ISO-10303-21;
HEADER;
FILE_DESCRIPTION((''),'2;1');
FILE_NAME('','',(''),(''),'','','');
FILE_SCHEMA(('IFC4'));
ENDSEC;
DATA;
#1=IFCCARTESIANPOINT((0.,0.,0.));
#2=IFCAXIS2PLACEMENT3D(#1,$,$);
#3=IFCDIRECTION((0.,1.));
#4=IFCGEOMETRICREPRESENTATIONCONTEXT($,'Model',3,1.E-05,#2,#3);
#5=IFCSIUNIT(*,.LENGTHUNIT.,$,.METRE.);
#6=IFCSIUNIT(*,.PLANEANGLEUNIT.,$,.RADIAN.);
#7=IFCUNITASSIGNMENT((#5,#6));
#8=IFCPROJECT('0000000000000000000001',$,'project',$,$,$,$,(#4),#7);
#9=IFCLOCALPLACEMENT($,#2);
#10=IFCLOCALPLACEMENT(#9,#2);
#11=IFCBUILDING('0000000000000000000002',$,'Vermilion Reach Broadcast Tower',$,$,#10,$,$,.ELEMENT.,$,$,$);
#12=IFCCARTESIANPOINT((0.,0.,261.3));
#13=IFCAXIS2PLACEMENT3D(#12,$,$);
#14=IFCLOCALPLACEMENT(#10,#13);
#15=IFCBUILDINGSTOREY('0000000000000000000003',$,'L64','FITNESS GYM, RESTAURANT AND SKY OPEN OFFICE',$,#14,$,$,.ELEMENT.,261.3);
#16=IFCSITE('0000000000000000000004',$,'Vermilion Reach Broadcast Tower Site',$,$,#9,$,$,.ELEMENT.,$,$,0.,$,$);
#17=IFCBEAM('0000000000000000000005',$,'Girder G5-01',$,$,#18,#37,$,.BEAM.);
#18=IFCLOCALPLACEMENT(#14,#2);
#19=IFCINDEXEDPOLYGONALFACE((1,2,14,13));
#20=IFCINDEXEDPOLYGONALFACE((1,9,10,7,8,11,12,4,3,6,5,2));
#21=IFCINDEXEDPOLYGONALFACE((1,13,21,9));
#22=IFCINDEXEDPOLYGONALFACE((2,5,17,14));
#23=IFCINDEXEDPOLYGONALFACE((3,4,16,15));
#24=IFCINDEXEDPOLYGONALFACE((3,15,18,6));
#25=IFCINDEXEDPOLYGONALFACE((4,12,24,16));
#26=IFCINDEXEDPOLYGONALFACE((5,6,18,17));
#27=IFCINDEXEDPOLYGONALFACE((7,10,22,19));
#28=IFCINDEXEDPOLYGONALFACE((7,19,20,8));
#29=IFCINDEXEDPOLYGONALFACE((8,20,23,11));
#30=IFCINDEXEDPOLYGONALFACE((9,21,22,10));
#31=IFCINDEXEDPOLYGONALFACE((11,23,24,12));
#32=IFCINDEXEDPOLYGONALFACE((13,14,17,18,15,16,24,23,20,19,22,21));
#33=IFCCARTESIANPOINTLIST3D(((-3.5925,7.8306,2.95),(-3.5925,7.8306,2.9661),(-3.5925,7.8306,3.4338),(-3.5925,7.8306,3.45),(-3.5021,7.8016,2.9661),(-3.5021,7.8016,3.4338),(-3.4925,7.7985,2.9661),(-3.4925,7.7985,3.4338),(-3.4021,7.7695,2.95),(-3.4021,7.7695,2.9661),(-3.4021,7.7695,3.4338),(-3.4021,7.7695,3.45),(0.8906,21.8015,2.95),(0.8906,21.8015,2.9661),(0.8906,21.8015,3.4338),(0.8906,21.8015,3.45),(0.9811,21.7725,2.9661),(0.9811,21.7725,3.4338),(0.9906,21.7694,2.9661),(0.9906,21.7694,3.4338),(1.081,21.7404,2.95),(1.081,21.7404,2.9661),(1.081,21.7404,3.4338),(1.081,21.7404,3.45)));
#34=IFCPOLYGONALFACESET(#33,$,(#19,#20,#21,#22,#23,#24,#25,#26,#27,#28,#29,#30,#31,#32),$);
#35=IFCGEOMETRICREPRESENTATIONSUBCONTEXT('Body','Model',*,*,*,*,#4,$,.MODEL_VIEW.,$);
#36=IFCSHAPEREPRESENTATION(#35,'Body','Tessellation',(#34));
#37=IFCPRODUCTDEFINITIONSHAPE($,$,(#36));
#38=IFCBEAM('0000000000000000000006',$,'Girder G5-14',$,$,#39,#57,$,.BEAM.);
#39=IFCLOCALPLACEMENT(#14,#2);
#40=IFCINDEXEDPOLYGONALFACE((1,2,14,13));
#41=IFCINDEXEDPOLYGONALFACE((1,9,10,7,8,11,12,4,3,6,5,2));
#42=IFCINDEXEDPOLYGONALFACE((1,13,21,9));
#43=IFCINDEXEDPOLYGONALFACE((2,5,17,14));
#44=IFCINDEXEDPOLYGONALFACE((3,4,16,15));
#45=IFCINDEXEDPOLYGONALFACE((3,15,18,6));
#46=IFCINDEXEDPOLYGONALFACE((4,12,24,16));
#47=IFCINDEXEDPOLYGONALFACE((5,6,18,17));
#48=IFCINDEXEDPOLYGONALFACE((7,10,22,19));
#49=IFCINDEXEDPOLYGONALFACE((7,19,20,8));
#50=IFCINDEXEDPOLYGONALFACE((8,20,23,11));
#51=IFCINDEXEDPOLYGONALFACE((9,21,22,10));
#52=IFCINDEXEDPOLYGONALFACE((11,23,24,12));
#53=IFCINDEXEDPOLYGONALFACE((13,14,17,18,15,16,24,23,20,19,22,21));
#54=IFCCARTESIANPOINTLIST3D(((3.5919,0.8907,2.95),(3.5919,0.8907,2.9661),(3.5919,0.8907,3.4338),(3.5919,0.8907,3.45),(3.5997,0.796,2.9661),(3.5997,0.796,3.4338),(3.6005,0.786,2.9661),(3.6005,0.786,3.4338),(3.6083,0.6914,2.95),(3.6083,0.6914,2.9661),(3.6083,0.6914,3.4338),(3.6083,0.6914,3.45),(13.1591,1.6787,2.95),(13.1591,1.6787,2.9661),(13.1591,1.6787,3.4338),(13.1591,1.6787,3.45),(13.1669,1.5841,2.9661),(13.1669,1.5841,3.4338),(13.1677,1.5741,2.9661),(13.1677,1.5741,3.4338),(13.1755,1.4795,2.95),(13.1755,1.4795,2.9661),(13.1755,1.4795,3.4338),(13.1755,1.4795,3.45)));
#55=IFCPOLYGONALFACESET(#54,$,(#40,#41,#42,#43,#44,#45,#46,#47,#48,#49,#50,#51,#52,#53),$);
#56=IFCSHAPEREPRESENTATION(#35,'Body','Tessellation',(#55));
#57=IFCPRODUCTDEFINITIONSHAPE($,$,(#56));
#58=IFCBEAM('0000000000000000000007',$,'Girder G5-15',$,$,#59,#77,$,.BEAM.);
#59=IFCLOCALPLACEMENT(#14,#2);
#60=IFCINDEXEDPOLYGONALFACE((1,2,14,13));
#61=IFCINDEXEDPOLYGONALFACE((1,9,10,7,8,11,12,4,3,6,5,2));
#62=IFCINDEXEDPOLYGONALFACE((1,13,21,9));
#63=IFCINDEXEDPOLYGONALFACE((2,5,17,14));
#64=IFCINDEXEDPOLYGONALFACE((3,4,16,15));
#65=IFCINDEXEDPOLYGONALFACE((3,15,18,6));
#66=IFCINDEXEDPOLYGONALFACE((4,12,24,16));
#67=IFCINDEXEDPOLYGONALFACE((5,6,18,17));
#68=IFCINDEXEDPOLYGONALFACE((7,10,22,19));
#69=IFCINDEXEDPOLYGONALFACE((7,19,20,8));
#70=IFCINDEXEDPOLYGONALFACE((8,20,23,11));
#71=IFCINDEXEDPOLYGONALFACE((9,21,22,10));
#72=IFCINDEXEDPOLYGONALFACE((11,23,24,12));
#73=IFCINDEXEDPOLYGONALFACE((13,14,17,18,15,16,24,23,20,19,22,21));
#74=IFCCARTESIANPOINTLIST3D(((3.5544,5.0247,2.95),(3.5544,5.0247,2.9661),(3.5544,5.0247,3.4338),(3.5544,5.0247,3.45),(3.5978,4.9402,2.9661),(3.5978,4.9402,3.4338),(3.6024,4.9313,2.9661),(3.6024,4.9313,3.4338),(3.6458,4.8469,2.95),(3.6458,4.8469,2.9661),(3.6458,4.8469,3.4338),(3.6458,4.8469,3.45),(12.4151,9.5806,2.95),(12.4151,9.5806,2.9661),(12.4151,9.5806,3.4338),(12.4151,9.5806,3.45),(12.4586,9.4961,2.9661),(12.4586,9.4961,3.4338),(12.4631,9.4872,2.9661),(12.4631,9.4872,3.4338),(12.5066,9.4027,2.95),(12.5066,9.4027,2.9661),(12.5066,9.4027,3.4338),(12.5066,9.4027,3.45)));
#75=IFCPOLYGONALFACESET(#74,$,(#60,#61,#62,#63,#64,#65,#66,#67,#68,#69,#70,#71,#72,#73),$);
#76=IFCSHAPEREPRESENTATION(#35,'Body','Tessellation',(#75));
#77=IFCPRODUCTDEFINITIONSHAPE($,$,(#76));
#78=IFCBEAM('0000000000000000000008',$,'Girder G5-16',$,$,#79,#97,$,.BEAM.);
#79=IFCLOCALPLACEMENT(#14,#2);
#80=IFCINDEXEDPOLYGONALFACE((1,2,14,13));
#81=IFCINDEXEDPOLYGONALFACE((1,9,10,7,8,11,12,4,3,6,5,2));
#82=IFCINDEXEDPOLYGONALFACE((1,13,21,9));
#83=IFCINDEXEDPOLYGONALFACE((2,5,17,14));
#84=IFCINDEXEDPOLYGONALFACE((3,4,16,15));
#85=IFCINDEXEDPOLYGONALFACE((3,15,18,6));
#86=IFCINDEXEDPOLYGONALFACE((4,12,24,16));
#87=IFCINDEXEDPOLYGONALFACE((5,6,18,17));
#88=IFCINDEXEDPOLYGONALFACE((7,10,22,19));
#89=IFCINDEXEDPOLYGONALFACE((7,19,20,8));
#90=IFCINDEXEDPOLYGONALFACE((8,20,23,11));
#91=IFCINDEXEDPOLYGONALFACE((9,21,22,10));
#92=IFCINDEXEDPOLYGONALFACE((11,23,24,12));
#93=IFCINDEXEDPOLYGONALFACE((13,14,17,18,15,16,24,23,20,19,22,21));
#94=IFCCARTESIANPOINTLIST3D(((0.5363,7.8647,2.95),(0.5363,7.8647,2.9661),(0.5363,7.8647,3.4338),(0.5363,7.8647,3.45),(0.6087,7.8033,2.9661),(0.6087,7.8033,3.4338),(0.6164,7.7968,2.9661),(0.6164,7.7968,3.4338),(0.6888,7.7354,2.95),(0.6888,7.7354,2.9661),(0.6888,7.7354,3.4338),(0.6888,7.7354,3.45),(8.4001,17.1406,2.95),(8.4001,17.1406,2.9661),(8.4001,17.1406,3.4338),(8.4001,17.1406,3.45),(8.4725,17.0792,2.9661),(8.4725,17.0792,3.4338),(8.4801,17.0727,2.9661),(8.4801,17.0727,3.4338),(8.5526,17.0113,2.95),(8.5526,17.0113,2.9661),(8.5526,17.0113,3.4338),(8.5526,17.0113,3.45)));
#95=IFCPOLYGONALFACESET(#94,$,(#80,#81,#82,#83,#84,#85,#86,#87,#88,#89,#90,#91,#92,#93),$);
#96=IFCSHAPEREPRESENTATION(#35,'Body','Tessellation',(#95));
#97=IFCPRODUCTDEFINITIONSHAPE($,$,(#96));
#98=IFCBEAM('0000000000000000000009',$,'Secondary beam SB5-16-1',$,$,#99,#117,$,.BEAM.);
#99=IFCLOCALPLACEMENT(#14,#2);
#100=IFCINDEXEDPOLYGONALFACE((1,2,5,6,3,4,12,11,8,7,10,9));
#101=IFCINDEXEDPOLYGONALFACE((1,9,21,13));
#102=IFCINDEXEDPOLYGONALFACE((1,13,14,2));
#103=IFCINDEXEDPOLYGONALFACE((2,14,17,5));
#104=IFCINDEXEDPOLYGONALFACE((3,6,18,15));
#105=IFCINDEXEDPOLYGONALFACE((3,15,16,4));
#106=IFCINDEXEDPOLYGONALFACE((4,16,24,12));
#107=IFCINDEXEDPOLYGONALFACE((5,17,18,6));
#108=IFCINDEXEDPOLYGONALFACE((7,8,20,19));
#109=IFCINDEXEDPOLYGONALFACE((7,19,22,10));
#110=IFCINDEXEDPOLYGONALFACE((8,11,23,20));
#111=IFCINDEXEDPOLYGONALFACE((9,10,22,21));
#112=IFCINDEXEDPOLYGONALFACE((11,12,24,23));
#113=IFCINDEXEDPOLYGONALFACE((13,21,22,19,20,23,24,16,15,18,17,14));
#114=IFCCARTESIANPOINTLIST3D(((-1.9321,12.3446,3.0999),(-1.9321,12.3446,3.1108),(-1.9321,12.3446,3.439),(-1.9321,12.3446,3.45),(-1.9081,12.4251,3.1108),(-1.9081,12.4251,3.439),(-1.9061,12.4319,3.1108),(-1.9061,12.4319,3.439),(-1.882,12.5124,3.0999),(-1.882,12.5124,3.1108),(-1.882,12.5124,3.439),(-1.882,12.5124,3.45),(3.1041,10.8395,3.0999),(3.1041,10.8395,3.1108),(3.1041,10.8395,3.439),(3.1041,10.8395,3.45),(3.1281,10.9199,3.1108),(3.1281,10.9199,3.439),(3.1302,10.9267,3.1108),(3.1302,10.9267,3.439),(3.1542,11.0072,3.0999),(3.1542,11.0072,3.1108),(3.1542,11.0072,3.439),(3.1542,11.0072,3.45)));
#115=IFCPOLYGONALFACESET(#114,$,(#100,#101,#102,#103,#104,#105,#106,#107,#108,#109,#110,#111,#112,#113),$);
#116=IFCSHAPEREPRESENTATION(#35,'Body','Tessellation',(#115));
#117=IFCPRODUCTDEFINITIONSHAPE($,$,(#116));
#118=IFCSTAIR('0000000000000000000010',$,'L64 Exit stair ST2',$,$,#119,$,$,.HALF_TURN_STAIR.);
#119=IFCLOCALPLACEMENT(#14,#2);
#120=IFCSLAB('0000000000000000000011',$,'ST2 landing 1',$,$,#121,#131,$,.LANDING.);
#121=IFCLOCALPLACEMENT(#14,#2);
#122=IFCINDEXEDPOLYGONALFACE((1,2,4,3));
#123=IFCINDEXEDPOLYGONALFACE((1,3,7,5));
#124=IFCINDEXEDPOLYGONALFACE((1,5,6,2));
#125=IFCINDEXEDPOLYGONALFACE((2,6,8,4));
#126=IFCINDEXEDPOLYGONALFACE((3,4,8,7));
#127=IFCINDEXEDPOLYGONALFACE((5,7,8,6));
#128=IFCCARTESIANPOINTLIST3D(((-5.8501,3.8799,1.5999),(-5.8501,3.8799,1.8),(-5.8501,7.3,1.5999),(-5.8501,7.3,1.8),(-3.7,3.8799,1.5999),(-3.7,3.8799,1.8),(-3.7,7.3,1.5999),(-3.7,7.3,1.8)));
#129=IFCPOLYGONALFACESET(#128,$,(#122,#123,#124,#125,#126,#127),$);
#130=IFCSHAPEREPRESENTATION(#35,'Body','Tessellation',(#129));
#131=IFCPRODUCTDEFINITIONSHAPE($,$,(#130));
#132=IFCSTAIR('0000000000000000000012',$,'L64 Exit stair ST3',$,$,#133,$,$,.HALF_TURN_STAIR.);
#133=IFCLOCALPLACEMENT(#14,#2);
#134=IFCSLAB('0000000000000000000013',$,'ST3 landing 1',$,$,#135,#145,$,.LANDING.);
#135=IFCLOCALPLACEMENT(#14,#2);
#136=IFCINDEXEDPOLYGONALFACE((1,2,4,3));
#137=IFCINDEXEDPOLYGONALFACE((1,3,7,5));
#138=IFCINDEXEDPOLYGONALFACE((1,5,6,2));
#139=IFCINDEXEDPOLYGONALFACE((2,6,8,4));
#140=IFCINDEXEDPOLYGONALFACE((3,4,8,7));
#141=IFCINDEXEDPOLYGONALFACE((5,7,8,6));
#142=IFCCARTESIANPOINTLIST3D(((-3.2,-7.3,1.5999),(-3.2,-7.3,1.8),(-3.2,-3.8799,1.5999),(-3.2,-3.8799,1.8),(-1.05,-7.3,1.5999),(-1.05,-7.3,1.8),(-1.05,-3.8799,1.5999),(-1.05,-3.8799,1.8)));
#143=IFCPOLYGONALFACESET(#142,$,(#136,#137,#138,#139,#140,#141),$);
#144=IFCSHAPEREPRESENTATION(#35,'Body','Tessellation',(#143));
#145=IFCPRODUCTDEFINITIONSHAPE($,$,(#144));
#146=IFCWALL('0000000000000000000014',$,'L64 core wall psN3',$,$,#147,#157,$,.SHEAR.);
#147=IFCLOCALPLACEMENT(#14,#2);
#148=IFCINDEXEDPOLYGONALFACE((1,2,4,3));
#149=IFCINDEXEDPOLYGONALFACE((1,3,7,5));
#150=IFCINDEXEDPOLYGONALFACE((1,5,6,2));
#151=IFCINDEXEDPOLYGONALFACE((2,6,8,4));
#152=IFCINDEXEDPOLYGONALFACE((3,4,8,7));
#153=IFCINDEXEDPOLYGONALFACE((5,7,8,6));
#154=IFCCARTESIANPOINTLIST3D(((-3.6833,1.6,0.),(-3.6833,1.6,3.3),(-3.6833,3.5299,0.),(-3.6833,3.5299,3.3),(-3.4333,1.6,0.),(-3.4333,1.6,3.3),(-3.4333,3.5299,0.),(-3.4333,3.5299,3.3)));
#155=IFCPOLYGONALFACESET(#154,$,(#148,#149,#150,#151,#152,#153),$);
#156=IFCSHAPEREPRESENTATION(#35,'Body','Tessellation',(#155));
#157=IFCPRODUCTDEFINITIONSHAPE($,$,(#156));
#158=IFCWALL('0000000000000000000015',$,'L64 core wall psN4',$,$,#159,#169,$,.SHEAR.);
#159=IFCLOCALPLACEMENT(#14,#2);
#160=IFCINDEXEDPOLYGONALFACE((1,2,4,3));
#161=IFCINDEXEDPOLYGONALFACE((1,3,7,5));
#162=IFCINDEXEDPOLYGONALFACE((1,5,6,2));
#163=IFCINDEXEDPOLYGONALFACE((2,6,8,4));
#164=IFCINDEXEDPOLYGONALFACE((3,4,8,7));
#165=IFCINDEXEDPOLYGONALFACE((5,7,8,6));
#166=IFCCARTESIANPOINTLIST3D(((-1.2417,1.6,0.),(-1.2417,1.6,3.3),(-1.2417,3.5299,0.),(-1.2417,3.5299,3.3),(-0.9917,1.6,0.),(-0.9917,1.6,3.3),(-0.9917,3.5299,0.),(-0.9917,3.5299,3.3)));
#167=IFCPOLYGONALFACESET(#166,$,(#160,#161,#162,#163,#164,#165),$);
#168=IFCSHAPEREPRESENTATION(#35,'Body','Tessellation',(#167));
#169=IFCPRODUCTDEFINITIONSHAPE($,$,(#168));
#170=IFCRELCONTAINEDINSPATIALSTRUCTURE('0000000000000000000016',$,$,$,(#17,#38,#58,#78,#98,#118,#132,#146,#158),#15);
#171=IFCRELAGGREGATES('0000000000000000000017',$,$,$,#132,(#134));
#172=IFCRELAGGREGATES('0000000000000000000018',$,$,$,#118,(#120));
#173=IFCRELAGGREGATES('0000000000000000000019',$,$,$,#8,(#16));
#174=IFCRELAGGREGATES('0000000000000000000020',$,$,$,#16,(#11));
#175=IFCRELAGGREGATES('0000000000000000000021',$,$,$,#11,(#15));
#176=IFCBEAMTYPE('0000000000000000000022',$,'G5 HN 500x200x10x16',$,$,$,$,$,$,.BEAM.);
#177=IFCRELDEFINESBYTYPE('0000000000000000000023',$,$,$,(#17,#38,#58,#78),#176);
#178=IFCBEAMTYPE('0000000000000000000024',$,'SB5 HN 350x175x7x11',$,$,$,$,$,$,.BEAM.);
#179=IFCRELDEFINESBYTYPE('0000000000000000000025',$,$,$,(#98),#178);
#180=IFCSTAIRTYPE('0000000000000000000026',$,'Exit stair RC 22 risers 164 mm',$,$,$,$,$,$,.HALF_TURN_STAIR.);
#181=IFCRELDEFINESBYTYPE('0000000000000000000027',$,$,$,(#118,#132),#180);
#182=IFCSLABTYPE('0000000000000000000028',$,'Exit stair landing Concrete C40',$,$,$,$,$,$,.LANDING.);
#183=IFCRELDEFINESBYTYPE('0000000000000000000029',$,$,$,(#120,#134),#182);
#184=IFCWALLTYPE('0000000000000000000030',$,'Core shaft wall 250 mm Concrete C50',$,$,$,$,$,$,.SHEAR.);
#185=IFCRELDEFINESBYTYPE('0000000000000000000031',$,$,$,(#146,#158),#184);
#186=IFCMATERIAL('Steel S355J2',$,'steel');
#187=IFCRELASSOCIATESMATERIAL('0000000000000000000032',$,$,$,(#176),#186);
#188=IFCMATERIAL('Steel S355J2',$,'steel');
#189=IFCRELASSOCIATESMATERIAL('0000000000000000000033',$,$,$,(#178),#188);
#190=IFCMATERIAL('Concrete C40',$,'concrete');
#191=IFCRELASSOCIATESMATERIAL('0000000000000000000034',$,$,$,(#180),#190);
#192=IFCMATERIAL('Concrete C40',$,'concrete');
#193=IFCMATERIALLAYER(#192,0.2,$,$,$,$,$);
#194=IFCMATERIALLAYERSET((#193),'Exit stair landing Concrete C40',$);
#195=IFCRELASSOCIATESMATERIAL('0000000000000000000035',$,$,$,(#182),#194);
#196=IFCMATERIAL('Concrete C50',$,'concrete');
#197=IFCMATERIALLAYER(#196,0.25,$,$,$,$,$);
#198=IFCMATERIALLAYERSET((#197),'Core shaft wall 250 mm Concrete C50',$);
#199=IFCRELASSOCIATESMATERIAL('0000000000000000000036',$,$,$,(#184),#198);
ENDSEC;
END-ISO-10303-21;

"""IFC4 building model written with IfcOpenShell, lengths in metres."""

from ifc_helpers import new_model, si_unit, direction, frame, frame_2d, origin, origin_2d, place, context, subcontext, project, spatial, polyline, rectangle, i_section, outline, extrude, material, layer, layer_set, material_profile, profile_set, type_object, element, aggregate, save


model = new_model("IFC4")

# Units and contexts
model_context = context("Model", 3, precision=1e-05, world=origin(), true_north=direction((0.0, 1.0)))
body_context = subcontext(model_context, "Body", "Model", "MODEL_VIEW")
ifc_project = project(units=[si_unit("LENGTHUNIT", "METRE"), si_unit("PLANEANGLEUNIT", "RADIAN")], contexts=[model_context])

# Site, building, storey
site_placement = place(None, origin())
site = spatial("IfcSite", under=ifc_project, at=site_placement, Name="Vermilion Reach Broadcast Tower Site", CompositionType="ELEMENT", RefElevation=0.0)
building_placement = place(site_placement, origin())
building = spatial("IfcBuilding", under=site, at=building_placement, Name="Vermilion Reach Broadcast Tower", CompositionType="ELEMENT")
storey_placement = place(building_placement, frame((0.0, 0.0, 261.3)))
storey = spatial("IfcBuildingStorey", under=building, at=storey_placement, Name="L64", Description="FITNESS GYM, RESTAURANT AND SKY OPEN OFFICE", CompositionType="ELEMENT", Elevation=261.3)

# Beams
ifc_material_1 = material(Name="Steel S355J2", Category="steel")
ifc_material_profile_1 = material_profile(ifc_material_1, i_section(OverallWidth=0.2, OverallDepth=0.5, WebThickness=0.01, FlangeThickness=0.0161, at=origin_2d()), Name="S355J2 HN 500x200x10x16")
ifc_profile_set_1 = profile_set([ifc_material_profile_1], Name="Steel S355J2")
beam_type_1 = type_object("IfcBeamType", Name="G5 HN 500x200x10x16", PredefinedType="BEAM", material=ifc_profile_set_1)
beam_1_placement = place(storey_placement, frame((-3.4973, 7.8, 3.2), z_axis=(0.305545, 0.952178, 0.0), x_axis=(-0.952178, 0.305545, 0.0)))
element("IfcBeam", 1, at=beam_1_placement, inside=storey, type_object=beam_type_1, Name="Girder G5-01", PredefinedType="BEAM", context=body_context, shape_type="SweptSolid", body=[
    extrude(i_section(OverallWidth=0.2, OverallDepth=0.5, WebThickness=0.01, FlangeThickness=0.0161, at=origin_2d()), origin(), (0.0, 0.0, 1.0), 14.6726),
])
beam_2_placement = place(storey_placement, frame((3.6001, 0.791, 3.2), z_axis=(0.996624, 0.082096, 0.0), x_axis=(-0.082096, 0.996624, 0.0)))
element("IfcBeam", 2, at=beam_2_placement, inside=storey, type_object=beam_type_1, Name="Girder G5-14", PredefinedType="BEAM", context=body_context, shape_type="SweptSolid", body=[
    extrude(i_section(OverallWidth=0.2, OverallDepth=0.5, WebThickness=0.01, FlangeThickness=0.0161, at=origin_2d()), origin(), (0.0, 0.0, 1.0), 9.5996),
])
beam_3_placement = place(storey_placement, frame((3.6001, 4.9358, 3.2), z_axis=(0.889333, 0.457261, 0.0), x_axis=(-0.457261, 0.889333, 0.0)))
element("IfcBeam", 3, at=beam_3_placement, inside=storey, type_object=beam_type_1, Name="Girder G5-15", PredefinedType="BEAM", context=body_context, shape_type="SweptSolid", body=[
    extrude(i_section(OverallWidth=0.2, OverallDepth=0.5, WebThickness=0.01, FlangeThickness=0.0161, at=origin_2d()), origin(), (0.0, 0.0, 1.0), 9.9634),
])
beam_4_placement = place(storey_placement, frame((0.6125, 7.8, 3.2), z_axis=(0.646658, 0.76278, 0.0), x_axis=(-0.76278, 0.646658, 0.0)))
element("IfcBeam", 4, at=beam_4_placement, inside=storey, type_object=beam_type_1, Name="Girder G5-16", PredefinedType="BEAM", context=body_context, shape_type="SweptSolid", body=[
    extrude(i_section(OverallWidth=0.2, OverallDepth=0.5, WebThickness=0.01, FlangeThickness=0.0161, at=origin_2d()), origin(), (0.0, 0.0, 1.0), 12.1606),
])
ifc_material_2 = material(Name="Steel S355J2", Category="steel")
ifc_material_profile_2 = material_profile(ifc_material_2, i_section(OverallWidth=0.175, OverallDepth=0.3501, WebThickness=0.0071, FlangeThickness=0.011, at=origin_2d()), Name="S355J2 HN 350x175x7x11")
ifc_profile_set_2 = profile_set([ifc_material_profile_2], Name="Steel S355J2")
beam_type_2 = type_object("IfcBeamType", Name="SB5 HN 350x175x7x11", PredefinedType="BEAM", material=ifc_profile_set_2)
beam_5_placement = place(storey_placement, frame((3.1292, 10.9233, 3.2749), z_axis=(-0.958125, 0.286351, 0.0), x_axis=(-0.286351, -0.958125, 0.0)))
element("IfcBeam", 5, at=beam_5_placement, inside=storey, type_object=beam_type_2, Name="Secondary beam SB5-16-1", PredefinedType="BEAM", context=body_context, shape_type="SweptSolid", body=[
    extrude(i_section(OverallWidth=0.175, OverallDepth=0.3501, WebThickness=0.0071, FlangeThickness=0.011, at=origin_2d()), origin(), (0.0, 0.0, 1.0), 5.2563),
])

# Stairs, slabs
ifc_material_3 = material(Name="Concrete C40", Category="concrete")
stair_type = type_object("IfcStairType", Name="Exit stair RC 22 risers 164 mm", PredefinedType="HALF_TURN_STAIR", material=ifc_material_3)
placement_1 = place(storey_placement, origin())
stair_1 = element("IfcStair", 6, at=placement_1, inside=storey, type_object=stair_type, Name="L64 Exit stair ST2", PredefinedType="HALF_TURN_STAIR")
ifc_material_4 = material(Name="Concrete C40", Category="concrete")
ifc_layer_1 = layer(ifc_material_4, 0.2)
ifc_layer_set_1 = layer_set([ifc_layer_1], Name="Exit stair landing Concrete C40")
slab_type = type_object("IfcSlabType", Name="Exit stair landing Concrete C40", PredefinedType="LANDING", material=ifc_layer_set_1)
placement_2 = place(storey_placement, frame((0.0, 0.0, 1.5999)))
slab_1 = element("IfcSlab", 7, at=placement_2, type_object=slab_type, Name="ST2 landing 1", PredefinedType="LANDING", context=body_context, shape_type="SweptSolid", body=[
    extrude(outline(polyline([(-3.7, 7.3), (-5.8501, 7.3), (-5.8501, 3.8799), (-3.7, 3.8799), (-3.7, 7.3)])), origin(), (0.0, 0.0, 1.0), 0.2002),
])
stair_2 = element("IfcStair", 8, at=placement_1, inside=storey, type_object=stair_type, Name="L64 Exit stair ST3", PredefinedType="HALF_TURN_STAIR")
slab_2 = element("IfcSlab", 9, at=placement_2, type_object=slab_type, Name="ST3 landing 1", PredefinedType="LANDING", context=body_context, shape_type="SweptSolid", body=[
    extrude(outline(polyline([(-3.2, -7.3), (-1.05, -7.3), (-1.05, -3.8799), (-3.2, -3.8799), (-3.2, -7.3)])), origin(), (0.0, 0.0, 1.0), 0.2002),
])
aggregate(stair_2, [slab_2])

# Walls
ifc_material_5 = material(Name="Concrete C50", Category="concrete")
ifc_layer_2 = layer(ifc_material_5, 0.25)
ifc_layer_set_2 = layer_set([ifc_layer_2], Name="Core shaft wall 250 mm Concrete C50")
wall_type = type_object("IfcWallType", Name="Core shaft wall 250 mm Concrete C50", PredefinedType="SHEAR", material=ifc_layer_set_2)
for number, where, z_axis, x_axis, name in (
    (10, (-3.5583, 1.6001, 0.0), (0.0, 0.0, 1.0), (0.0, 1.0, 0.0), "L64 core wall psN3"),
    (11, (-1.1167, 1.6001, 0.0), (0.0, 0.0, 1.0), (0.0, 1.0, 0.0), "L64 core wall psN4"),
):
    element("IfcWall", number, at=place(storey_placement, frame(where, z_axis=z_axis, x_axis=x_axis)), inside=storey, type_object=wall_type, Name=name, PredefinedType="SHEAR", context=body_context, shape_type="SweptSolid", body=[
        extrude(rectangle(XDim=1.9299, YDim=0.25, at=frame_2d((0.9648, 0.0))), origin(), (0.0, 0.0, 1.0), 3.3),
    ])

aggregate(stair_1, [slab_1])

save(model, "model.ifc")
